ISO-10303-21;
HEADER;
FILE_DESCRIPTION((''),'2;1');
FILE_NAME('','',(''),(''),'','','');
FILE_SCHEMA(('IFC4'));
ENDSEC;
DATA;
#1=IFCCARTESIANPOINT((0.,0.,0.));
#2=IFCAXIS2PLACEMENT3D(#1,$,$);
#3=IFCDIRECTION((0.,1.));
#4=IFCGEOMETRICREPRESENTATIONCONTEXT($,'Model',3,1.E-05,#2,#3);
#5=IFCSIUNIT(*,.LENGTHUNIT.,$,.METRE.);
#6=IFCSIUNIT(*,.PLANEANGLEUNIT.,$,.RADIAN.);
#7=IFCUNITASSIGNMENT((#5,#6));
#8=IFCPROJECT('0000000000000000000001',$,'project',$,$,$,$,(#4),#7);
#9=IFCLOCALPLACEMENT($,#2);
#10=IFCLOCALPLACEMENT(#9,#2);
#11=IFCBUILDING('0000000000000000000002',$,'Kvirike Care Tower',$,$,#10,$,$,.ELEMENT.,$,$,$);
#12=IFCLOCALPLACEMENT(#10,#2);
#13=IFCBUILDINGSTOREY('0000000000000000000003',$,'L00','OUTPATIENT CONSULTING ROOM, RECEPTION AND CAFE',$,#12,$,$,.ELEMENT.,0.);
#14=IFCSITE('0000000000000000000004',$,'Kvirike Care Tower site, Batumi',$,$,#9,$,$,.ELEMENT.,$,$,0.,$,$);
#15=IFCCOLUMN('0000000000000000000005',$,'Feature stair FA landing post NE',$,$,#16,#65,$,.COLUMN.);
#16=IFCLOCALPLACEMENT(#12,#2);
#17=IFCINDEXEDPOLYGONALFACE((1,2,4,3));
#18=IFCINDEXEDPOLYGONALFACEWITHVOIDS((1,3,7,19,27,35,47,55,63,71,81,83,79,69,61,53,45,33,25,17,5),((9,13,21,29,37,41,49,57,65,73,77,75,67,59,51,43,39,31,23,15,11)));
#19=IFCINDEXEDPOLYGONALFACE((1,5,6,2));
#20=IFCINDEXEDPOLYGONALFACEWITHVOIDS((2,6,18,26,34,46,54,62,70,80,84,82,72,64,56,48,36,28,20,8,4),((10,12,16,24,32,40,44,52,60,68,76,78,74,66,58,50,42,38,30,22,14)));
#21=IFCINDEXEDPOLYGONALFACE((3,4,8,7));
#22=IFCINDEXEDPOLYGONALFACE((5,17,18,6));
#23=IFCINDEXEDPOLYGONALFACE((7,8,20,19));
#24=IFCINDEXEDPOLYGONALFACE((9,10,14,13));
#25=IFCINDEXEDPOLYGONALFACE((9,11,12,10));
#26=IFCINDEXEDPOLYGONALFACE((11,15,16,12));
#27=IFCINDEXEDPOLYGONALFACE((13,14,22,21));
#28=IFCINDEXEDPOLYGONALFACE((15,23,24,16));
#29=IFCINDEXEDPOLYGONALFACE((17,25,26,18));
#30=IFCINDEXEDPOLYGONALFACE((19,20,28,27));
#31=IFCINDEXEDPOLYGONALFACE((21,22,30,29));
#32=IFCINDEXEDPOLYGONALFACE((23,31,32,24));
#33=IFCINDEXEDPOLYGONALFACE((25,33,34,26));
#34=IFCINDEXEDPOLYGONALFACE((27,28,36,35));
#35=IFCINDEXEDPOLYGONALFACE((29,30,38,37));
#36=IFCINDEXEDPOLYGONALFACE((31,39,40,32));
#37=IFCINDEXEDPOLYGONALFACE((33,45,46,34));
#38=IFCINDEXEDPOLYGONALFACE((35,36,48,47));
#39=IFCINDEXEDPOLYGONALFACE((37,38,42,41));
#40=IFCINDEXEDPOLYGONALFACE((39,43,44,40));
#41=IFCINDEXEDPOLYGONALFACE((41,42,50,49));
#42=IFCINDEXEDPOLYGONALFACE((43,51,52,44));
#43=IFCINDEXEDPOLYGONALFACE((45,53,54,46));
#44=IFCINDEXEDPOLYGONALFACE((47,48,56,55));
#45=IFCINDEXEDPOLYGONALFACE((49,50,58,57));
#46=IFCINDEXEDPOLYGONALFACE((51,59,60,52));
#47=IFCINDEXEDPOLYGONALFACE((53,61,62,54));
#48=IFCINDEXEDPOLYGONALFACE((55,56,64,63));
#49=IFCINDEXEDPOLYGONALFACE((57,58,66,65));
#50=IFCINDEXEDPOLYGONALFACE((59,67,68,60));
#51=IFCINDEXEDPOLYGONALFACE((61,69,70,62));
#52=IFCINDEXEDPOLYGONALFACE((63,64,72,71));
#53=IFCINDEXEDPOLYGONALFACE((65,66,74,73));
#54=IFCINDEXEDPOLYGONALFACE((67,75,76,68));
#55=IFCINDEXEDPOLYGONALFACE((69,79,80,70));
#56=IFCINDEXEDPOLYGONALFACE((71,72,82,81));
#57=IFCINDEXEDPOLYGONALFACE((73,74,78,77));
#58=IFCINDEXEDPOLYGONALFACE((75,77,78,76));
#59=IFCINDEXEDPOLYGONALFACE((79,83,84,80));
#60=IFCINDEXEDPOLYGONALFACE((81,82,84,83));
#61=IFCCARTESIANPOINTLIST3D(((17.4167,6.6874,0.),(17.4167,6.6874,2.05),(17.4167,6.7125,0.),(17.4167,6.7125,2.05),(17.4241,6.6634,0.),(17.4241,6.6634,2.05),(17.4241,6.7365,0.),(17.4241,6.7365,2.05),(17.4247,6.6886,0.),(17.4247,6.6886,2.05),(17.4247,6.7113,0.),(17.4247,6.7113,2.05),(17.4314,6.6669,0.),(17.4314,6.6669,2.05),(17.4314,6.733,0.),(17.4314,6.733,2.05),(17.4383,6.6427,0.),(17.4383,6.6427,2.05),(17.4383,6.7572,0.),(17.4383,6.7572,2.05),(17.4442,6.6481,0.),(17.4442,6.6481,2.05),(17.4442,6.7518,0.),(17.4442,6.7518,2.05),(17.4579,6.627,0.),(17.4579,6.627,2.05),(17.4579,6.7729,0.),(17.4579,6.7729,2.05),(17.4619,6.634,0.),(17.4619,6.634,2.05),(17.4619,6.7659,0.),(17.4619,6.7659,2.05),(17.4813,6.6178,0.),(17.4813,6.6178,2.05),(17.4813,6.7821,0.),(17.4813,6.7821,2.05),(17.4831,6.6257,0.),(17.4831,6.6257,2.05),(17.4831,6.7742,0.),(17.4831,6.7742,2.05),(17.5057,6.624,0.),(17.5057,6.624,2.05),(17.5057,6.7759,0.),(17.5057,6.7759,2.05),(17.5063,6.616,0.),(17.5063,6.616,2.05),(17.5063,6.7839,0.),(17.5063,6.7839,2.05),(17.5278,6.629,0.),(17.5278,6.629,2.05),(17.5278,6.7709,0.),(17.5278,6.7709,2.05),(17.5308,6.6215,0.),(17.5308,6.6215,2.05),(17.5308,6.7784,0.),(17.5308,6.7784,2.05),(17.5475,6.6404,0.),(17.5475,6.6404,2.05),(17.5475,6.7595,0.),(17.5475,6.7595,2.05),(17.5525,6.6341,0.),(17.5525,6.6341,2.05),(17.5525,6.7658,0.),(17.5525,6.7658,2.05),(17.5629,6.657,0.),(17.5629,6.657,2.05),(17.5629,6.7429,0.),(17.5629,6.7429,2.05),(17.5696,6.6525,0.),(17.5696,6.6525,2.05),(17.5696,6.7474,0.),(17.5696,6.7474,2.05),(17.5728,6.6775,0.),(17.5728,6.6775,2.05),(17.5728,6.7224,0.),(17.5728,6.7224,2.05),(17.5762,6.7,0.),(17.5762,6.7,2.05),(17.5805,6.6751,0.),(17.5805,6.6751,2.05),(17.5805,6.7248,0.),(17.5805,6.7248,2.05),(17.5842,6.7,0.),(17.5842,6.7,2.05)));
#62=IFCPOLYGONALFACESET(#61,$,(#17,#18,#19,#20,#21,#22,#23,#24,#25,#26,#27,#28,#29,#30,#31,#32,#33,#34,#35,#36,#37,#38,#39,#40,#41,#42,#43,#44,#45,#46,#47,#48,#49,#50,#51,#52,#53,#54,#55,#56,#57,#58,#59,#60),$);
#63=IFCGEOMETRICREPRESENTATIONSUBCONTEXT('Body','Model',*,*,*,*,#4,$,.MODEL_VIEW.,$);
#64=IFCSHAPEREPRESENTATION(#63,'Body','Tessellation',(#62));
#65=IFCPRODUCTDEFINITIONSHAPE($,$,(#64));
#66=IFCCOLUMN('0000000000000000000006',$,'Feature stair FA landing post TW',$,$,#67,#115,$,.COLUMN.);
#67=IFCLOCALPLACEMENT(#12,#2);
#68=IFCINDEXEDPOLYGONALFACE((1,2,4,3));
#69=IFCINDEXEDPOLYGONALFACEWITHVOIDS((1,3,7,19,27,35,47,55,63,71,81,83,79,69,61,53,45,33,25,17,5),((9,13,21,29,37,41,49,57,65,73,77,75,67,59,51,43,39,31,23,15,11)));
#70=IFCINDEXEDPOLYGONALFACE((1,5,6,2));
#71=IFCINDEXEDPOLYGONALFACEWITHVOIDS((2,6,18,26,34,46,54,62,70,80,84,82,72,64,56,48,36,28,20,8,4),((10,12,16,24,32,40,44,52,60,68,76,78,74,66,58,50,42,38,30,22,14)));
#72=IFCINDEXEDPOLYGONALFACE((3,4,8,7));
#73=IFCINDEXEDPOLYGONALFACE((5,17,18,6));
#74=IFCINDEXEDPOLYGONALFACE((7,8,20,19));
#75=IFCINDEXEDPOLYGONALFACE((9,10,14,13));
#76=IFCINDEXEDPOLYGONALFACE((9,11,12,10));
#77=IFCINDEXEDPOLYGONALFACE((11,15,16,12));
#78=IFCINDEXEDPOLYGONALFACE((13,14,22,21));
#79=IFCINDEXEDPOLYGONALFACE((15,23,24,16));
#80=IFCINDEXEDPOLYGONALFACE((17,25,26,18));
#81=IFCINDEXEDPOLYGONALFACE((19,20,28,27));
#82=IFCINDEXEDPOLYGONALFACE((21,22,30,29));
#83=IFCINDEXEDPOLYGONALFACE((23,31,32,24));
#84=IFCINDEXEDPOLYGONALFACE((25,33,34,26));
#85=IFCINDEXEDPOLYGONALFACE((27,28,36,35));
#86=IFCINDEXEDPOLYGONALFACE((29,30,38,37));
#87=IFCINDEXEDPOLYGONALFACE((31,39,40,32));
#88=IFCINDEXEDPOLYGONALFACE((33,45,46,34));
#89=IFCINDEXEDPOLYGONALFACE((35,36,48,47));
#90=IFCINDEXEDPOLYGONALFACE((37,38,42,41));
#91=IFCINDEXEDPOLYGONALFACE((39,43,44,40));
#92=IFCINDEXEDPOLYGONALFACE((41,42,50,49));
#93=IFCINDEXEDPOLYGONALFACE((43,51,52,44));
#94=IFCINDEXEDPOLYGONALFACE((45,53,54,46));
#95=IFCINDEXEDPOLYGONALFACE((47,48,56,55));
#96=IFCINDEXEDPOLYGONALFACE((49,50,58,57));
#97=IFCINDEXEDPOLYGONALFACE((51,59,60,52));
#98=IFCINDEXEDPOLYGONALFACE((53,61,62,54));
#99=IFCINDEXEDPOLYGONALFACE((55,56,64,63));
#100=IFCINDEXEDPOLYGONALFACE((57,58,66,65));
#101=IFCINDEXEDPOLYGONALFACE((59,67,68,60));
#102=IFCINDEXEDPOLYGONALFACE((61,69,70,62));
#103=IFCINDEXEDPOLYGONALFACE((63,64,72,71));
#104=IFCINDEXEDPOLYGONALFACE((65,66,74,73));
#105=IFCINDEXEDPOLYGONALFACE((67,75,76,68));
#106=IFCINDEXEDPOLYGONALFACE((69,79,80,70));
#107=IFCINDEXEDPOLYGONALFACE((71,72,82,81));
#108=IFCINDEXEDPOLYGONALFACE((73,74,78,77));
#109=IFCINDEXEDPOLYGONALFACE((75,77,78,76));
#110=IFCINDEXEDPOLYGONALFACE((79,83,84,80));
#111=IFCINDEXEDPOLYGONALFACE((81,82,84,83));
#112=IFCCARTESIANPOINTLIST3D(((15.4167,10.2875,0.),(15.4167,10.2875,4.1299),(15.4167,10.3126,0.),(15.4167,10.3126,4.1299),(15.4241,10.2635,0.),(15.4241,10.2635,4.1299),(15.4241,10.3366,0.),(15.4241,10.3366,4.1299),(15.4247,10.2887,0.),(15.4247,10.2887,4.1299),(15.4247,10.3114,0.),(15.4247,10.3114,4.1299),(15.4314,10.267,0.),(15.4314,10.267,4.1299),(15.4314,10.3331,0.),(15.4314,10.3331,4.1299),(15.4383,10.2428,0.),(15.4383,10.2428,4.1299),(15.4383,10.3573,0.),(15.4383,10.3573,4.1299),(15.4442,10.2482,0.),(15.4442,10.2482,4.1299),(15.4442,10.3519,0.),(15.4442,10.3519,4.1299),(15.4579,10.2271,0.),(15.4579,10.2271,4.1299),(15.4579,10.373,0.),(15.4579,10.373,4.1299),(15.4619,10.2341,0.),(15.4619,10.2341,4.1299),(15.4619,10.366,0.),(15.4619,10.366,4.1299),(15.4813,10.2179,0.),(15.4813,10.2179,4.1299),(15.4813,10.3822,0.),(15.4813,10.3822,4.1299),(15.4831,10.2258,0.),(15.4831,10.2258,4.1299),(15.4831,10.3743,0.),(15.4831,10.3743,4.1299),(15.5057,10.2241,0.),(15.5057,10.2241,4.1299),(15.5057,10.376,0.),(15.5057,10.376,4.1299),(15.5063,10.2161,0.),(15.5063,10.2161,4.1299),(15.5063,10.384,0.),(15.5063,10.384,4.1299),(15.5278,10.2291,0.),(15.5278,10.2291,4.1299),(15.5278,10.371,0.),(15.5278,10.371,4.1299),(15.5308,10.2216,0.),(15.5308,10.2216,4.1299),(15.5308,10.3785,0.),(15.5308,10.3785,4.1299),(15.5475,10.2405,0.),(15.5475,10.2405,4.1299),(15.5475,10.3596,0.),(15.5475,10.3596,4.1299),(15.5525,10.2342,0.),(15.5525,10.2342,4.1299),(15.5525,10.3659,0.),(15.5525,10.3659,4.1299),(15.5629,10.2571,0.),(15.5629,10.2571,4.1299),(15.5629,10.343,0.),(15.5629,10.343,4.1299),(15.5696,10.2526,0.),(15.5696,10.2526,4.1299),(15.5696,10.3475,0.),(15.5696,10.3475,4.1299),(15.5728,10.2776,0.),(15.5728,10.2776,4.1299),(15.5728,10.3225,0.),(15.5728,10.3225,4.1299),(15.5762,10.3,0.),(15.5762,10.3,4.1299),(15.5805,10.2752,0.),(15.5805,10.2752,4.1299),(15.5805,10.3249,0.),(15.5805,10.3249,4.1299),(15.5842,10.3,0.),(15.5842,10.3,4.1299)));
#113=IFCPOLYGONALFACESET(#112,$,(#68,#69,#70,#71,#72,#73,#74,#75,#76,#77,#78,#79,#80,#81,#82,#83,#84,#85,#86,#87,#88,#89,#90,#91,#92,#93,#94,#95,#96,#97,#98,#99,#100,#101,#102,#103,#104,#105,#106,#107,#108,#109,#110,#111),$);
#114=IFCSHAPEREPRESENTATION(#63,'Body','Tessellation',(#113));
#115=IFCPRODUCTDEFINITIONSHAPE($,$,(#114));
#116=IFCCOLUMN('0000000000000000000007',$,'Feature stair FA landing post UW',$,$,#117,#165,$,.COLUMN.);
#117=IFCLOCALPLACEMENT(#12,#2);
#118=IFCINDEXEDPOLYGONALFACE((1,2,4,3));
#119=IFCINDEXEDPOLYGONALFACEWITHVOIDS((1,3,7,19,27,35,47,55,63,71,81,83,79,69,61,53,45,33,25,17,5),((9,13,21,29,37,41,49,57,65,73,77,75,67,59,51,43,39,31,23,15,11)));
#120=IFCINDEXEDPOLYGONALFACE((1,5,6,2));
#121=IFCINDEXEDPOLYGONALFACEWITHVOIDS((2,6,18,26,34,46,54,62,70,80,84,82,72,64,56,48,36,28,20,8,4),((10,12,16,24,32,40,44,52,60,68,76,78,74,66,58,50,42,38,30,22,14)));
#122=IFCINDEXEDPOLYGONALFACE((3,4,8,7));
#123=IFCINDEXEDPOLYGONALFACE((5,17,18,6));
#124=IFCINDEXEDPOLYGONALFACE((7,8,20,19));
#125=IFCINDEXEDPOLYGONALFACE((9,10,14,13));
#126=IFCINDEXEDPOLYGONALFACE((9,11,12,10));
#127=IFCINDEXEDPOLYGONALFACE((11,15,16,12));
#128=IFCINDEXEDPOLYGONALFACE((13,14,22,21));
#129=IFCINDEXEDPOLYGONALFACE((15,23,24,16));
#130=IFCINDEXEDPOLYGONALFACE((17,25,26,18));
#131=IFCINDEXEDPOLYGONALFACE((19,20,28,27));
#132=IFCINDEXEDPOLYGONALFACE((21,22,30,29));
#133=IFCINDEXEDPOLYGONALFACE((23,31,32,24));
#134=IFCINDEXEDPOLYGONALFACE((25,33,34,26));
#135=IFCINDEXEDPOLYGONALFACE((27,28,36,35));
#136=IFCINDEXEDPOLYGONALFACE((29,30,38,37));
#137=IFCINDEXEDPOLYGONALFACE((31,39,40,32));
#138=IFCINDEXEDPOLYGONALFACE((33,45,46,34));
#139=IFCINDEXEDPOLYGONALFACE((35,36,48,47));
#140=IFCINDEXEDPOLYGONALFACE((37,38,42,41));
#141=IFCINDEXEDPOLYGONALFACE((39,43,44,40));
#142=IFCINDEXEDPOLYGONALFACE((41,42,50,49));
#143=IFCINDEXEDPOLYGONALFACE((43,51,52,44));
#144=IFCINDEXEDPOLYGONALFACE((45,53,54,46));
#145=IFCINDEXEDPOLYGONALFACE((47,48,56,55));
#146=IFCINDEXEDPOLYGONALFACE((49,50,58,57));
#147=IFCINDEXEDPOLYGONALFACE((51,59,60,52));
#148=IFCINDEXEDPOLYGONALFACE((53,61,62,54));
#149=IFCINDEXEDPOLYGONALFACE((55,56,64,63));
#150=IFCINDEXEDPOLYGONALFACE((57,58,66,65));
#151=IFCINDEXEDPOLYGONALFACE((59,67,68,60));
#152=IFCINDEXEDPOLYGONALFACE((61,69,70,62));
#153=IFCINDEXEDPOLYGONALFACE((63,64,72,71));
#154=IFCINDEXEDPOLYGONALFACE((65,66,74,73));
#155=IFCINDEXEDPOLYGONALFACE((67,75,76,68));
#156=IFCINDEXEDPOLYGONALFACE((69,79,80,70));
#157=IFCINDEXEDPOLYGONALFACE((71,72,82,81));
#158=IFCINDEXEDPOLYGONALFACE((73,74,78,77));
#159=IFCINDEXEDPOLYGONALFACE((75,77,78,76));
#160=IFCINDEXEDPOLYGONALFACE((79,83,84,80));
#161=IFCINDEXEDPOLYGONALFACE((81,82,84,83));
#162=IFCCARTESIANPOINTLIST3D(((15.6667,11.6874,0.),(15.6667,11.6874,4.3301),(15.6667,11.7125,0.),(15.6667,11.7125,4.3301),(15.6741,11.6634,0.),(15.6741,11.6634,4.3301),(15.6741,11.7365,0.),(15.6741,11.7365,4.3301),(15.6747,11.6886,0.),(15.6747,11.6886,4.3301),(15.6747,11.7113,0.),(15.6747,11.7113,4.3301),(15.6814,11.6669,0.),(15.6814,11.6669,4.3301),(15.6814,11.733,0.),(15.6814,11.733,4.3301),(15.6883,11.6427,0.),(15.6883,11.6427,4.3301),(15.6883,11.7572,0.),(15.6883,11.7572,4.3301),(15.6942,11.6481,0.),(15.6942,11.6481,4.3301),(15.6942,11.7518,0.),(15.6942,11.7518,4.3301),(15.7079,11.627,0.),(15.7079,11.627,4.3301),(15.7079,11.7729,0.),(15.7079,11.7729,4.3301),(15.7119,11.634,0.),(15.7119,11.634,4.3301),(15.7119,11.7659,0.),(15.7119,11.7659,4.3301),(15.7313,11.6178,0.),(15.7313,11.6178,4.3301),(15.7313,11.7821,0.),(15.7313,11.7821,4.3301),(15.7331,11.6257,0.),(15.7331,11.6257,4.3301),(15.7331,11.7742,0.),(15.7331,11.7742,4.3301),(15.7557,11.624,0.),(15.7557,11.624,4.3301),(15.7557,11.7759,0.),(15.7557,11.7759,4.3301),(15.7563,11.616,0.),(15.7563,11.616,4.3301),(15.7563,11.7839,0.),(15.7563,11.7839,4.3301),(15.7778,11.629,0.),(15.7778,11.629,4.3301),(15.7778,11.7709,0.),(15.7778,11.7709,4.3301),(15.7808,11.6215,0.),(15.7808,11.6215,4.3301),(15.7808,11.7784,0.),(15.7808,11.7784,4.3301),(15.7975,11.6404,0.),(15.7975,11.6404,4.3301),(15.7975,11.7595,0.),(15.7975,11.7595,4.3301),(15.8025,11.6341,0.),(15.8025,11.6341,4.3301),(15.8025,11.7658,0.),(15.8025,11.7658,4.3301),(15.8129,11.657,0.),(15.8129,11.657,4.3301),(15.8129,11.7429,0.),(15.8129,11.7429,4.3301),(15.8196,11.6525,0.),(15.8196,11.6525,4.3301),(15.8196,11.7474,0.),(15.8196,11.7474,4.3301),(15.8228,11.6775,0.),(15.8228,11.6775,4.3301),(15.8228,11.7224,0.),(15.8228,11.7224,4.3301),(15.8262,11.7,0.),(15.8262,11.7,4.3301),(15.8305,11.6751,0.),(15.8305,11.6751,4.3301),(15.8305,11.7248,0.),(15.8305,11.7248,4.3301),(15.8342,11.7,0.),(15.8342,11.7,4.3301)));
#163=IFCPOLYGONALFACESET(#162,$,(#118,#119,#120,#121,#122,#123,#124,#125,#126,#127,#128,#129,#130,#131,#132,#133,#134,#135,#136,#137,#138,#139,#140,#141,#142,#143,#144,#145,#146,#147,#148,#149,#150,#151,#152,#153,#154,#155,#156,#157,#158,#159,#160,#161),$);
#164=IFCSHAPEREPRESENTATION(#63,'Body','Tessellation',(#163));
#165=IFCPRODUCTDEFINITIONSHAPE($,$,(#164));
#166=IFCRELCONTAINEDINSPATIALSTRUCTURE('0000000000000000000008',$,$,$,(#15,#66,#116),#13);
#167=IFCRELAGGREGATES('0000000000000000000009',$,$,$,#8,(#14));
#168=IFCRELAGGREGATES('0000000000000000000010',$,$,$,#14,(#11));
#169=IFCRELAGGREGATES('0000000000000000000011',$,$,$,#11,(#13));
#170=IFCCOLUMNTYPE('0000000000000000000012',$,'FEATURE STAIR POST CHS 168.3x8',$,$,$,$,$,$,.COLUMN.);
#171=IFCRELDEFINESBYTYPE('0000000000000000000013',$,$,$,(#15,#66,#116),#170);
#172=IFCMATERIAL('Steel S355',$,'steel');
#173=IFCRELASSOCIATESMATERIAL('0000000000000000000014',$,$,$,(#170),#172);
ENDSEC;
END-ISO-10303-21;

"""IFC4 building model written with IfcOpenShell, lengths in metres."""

from ifc_helpers import new_model, si_unit, direction, frame, origin, origin_2d, place, context, subcontext, project, spatial, hollow_circle, extrude, material, material_profile, profile_set, type_object, element, save


model = new_model("IFC4")

# Units and contexts
model_context = context("Model", 3, precision=1e-05, world=origin(), true_north=direction((0.0, 1.0)))
body_context = subcontext(model_context, "Body", "Model", "MODEL_VIEW")
ifc_project = project(units=[si_unit("LENGTHUNIT", "METRE"), si_unit("PLANEANGLEUNIT", "RADIAN")], contexts=[model_context])

# Site, building, storey
site_placement = place(None, origin())
site = spatial("IfcSite", under=ifc_project, at=site_placement, Name="Kvirike Care Tower site, Batumi", CompositionType="ELEMENT", RefElevation=0.0)
building_placement = place(site_placement, origin())
building = spatial("IfcBuilding", under=site, at=building_placement, Name="Kvirike Care Tower", CompositionType="ELEMENT")
storey_placement = place(building_placement, origin())
storey = spatial("IfcBuildingStorey", under=building, at=storey_placement, Name="L00", Description="OUTPATIENT CONSULTING ROOM, RECEPTION AND CAFE", CompositionType="ELEMENT", Elevation=0.0)

# Columns
ifc_material_1 = material(Name="Steel S355", Category="steel")
ifc_material_profile_1 = material_profile(ifc_material_1, hollow_circle(Radius=0.0842, WallThickness=0.0081, at=origin_2d()), Name="CHS 168.3x8")
ifc_profile_set_1 = profile_set([ifc_material_profile_1], Name="Steel S355")
column_type_1 = type_object("IfcColumnType", Name="FEATURE STAIR POST CHS 168.3x8", PredefinedType="COLUMN", material=ifc_profile_set_1)
for number, where, z_axis, x_axis, name in (
    (1, (17.5, 6.7, 0.0), (0.0, 0.0, 1.0), (1.0, 0.0, 0.0), "Feature stair FA landing post NE"),
):
    element("IfcColumn", number, at=place(storey_placement, frame(where, z_axis=z_axis, x_axis=x_axis)), inside=storey, type_object=column_type_1, Name=name, PredefinedType="COLUMN", context=body_context, shape_type="SweptSolid", body=[
        extrude(hollow_circle(Radius=0.0842, WallThickness=0.0081, at=origin_2d()), origin(), (0.0, 0.0, 1.0), 2.05),
    ])
column_1_placement = place(storey_placement, frame((15.5, 10.3, 0.0), z_axis=(0.0, 0.0, 1.0), x_axis=(1.0, 0.0, 0.0)))
element("IfcColumn", 2, at=column_1_placement, inside=storey, type_object=column_type_1, Name="Feature stair FA landing post TW", PredefinedType="COLUMN", context=body_context, shape_type="SweptSolid", body=[
    extrude(hollow_circle(Radius=0.0842, WallThickness=0.0081, at=origin_2d()), origin(), (0.0, 0.0, 1.0), 4.1299),
])
for number, where, z_axis, x_axis, name in (
    (3, (15.75, 11.7, 0.0), (0.0, 0.0, 1.0), (1.0, 0.0, 0.0), "Feature stair FA landing post UW"),
):
    element("IfcColumn", number, at=place(storey_placement, frame(where, z_axis=z_axis, x_axis=x_axis)), inside=storey, type_object=column_type_1, Name=name, PredefinedType="COLUMN", context=body_context, shape_type="SweptSolid", body=[
        extrude(hollow_circle(Radius=0.0842, WallThickness=0.0081, at=origin_2d()), origin(), (0.0, 0.0, 1.0), 4.3301),
    ])

save(model, "model.ifc")
